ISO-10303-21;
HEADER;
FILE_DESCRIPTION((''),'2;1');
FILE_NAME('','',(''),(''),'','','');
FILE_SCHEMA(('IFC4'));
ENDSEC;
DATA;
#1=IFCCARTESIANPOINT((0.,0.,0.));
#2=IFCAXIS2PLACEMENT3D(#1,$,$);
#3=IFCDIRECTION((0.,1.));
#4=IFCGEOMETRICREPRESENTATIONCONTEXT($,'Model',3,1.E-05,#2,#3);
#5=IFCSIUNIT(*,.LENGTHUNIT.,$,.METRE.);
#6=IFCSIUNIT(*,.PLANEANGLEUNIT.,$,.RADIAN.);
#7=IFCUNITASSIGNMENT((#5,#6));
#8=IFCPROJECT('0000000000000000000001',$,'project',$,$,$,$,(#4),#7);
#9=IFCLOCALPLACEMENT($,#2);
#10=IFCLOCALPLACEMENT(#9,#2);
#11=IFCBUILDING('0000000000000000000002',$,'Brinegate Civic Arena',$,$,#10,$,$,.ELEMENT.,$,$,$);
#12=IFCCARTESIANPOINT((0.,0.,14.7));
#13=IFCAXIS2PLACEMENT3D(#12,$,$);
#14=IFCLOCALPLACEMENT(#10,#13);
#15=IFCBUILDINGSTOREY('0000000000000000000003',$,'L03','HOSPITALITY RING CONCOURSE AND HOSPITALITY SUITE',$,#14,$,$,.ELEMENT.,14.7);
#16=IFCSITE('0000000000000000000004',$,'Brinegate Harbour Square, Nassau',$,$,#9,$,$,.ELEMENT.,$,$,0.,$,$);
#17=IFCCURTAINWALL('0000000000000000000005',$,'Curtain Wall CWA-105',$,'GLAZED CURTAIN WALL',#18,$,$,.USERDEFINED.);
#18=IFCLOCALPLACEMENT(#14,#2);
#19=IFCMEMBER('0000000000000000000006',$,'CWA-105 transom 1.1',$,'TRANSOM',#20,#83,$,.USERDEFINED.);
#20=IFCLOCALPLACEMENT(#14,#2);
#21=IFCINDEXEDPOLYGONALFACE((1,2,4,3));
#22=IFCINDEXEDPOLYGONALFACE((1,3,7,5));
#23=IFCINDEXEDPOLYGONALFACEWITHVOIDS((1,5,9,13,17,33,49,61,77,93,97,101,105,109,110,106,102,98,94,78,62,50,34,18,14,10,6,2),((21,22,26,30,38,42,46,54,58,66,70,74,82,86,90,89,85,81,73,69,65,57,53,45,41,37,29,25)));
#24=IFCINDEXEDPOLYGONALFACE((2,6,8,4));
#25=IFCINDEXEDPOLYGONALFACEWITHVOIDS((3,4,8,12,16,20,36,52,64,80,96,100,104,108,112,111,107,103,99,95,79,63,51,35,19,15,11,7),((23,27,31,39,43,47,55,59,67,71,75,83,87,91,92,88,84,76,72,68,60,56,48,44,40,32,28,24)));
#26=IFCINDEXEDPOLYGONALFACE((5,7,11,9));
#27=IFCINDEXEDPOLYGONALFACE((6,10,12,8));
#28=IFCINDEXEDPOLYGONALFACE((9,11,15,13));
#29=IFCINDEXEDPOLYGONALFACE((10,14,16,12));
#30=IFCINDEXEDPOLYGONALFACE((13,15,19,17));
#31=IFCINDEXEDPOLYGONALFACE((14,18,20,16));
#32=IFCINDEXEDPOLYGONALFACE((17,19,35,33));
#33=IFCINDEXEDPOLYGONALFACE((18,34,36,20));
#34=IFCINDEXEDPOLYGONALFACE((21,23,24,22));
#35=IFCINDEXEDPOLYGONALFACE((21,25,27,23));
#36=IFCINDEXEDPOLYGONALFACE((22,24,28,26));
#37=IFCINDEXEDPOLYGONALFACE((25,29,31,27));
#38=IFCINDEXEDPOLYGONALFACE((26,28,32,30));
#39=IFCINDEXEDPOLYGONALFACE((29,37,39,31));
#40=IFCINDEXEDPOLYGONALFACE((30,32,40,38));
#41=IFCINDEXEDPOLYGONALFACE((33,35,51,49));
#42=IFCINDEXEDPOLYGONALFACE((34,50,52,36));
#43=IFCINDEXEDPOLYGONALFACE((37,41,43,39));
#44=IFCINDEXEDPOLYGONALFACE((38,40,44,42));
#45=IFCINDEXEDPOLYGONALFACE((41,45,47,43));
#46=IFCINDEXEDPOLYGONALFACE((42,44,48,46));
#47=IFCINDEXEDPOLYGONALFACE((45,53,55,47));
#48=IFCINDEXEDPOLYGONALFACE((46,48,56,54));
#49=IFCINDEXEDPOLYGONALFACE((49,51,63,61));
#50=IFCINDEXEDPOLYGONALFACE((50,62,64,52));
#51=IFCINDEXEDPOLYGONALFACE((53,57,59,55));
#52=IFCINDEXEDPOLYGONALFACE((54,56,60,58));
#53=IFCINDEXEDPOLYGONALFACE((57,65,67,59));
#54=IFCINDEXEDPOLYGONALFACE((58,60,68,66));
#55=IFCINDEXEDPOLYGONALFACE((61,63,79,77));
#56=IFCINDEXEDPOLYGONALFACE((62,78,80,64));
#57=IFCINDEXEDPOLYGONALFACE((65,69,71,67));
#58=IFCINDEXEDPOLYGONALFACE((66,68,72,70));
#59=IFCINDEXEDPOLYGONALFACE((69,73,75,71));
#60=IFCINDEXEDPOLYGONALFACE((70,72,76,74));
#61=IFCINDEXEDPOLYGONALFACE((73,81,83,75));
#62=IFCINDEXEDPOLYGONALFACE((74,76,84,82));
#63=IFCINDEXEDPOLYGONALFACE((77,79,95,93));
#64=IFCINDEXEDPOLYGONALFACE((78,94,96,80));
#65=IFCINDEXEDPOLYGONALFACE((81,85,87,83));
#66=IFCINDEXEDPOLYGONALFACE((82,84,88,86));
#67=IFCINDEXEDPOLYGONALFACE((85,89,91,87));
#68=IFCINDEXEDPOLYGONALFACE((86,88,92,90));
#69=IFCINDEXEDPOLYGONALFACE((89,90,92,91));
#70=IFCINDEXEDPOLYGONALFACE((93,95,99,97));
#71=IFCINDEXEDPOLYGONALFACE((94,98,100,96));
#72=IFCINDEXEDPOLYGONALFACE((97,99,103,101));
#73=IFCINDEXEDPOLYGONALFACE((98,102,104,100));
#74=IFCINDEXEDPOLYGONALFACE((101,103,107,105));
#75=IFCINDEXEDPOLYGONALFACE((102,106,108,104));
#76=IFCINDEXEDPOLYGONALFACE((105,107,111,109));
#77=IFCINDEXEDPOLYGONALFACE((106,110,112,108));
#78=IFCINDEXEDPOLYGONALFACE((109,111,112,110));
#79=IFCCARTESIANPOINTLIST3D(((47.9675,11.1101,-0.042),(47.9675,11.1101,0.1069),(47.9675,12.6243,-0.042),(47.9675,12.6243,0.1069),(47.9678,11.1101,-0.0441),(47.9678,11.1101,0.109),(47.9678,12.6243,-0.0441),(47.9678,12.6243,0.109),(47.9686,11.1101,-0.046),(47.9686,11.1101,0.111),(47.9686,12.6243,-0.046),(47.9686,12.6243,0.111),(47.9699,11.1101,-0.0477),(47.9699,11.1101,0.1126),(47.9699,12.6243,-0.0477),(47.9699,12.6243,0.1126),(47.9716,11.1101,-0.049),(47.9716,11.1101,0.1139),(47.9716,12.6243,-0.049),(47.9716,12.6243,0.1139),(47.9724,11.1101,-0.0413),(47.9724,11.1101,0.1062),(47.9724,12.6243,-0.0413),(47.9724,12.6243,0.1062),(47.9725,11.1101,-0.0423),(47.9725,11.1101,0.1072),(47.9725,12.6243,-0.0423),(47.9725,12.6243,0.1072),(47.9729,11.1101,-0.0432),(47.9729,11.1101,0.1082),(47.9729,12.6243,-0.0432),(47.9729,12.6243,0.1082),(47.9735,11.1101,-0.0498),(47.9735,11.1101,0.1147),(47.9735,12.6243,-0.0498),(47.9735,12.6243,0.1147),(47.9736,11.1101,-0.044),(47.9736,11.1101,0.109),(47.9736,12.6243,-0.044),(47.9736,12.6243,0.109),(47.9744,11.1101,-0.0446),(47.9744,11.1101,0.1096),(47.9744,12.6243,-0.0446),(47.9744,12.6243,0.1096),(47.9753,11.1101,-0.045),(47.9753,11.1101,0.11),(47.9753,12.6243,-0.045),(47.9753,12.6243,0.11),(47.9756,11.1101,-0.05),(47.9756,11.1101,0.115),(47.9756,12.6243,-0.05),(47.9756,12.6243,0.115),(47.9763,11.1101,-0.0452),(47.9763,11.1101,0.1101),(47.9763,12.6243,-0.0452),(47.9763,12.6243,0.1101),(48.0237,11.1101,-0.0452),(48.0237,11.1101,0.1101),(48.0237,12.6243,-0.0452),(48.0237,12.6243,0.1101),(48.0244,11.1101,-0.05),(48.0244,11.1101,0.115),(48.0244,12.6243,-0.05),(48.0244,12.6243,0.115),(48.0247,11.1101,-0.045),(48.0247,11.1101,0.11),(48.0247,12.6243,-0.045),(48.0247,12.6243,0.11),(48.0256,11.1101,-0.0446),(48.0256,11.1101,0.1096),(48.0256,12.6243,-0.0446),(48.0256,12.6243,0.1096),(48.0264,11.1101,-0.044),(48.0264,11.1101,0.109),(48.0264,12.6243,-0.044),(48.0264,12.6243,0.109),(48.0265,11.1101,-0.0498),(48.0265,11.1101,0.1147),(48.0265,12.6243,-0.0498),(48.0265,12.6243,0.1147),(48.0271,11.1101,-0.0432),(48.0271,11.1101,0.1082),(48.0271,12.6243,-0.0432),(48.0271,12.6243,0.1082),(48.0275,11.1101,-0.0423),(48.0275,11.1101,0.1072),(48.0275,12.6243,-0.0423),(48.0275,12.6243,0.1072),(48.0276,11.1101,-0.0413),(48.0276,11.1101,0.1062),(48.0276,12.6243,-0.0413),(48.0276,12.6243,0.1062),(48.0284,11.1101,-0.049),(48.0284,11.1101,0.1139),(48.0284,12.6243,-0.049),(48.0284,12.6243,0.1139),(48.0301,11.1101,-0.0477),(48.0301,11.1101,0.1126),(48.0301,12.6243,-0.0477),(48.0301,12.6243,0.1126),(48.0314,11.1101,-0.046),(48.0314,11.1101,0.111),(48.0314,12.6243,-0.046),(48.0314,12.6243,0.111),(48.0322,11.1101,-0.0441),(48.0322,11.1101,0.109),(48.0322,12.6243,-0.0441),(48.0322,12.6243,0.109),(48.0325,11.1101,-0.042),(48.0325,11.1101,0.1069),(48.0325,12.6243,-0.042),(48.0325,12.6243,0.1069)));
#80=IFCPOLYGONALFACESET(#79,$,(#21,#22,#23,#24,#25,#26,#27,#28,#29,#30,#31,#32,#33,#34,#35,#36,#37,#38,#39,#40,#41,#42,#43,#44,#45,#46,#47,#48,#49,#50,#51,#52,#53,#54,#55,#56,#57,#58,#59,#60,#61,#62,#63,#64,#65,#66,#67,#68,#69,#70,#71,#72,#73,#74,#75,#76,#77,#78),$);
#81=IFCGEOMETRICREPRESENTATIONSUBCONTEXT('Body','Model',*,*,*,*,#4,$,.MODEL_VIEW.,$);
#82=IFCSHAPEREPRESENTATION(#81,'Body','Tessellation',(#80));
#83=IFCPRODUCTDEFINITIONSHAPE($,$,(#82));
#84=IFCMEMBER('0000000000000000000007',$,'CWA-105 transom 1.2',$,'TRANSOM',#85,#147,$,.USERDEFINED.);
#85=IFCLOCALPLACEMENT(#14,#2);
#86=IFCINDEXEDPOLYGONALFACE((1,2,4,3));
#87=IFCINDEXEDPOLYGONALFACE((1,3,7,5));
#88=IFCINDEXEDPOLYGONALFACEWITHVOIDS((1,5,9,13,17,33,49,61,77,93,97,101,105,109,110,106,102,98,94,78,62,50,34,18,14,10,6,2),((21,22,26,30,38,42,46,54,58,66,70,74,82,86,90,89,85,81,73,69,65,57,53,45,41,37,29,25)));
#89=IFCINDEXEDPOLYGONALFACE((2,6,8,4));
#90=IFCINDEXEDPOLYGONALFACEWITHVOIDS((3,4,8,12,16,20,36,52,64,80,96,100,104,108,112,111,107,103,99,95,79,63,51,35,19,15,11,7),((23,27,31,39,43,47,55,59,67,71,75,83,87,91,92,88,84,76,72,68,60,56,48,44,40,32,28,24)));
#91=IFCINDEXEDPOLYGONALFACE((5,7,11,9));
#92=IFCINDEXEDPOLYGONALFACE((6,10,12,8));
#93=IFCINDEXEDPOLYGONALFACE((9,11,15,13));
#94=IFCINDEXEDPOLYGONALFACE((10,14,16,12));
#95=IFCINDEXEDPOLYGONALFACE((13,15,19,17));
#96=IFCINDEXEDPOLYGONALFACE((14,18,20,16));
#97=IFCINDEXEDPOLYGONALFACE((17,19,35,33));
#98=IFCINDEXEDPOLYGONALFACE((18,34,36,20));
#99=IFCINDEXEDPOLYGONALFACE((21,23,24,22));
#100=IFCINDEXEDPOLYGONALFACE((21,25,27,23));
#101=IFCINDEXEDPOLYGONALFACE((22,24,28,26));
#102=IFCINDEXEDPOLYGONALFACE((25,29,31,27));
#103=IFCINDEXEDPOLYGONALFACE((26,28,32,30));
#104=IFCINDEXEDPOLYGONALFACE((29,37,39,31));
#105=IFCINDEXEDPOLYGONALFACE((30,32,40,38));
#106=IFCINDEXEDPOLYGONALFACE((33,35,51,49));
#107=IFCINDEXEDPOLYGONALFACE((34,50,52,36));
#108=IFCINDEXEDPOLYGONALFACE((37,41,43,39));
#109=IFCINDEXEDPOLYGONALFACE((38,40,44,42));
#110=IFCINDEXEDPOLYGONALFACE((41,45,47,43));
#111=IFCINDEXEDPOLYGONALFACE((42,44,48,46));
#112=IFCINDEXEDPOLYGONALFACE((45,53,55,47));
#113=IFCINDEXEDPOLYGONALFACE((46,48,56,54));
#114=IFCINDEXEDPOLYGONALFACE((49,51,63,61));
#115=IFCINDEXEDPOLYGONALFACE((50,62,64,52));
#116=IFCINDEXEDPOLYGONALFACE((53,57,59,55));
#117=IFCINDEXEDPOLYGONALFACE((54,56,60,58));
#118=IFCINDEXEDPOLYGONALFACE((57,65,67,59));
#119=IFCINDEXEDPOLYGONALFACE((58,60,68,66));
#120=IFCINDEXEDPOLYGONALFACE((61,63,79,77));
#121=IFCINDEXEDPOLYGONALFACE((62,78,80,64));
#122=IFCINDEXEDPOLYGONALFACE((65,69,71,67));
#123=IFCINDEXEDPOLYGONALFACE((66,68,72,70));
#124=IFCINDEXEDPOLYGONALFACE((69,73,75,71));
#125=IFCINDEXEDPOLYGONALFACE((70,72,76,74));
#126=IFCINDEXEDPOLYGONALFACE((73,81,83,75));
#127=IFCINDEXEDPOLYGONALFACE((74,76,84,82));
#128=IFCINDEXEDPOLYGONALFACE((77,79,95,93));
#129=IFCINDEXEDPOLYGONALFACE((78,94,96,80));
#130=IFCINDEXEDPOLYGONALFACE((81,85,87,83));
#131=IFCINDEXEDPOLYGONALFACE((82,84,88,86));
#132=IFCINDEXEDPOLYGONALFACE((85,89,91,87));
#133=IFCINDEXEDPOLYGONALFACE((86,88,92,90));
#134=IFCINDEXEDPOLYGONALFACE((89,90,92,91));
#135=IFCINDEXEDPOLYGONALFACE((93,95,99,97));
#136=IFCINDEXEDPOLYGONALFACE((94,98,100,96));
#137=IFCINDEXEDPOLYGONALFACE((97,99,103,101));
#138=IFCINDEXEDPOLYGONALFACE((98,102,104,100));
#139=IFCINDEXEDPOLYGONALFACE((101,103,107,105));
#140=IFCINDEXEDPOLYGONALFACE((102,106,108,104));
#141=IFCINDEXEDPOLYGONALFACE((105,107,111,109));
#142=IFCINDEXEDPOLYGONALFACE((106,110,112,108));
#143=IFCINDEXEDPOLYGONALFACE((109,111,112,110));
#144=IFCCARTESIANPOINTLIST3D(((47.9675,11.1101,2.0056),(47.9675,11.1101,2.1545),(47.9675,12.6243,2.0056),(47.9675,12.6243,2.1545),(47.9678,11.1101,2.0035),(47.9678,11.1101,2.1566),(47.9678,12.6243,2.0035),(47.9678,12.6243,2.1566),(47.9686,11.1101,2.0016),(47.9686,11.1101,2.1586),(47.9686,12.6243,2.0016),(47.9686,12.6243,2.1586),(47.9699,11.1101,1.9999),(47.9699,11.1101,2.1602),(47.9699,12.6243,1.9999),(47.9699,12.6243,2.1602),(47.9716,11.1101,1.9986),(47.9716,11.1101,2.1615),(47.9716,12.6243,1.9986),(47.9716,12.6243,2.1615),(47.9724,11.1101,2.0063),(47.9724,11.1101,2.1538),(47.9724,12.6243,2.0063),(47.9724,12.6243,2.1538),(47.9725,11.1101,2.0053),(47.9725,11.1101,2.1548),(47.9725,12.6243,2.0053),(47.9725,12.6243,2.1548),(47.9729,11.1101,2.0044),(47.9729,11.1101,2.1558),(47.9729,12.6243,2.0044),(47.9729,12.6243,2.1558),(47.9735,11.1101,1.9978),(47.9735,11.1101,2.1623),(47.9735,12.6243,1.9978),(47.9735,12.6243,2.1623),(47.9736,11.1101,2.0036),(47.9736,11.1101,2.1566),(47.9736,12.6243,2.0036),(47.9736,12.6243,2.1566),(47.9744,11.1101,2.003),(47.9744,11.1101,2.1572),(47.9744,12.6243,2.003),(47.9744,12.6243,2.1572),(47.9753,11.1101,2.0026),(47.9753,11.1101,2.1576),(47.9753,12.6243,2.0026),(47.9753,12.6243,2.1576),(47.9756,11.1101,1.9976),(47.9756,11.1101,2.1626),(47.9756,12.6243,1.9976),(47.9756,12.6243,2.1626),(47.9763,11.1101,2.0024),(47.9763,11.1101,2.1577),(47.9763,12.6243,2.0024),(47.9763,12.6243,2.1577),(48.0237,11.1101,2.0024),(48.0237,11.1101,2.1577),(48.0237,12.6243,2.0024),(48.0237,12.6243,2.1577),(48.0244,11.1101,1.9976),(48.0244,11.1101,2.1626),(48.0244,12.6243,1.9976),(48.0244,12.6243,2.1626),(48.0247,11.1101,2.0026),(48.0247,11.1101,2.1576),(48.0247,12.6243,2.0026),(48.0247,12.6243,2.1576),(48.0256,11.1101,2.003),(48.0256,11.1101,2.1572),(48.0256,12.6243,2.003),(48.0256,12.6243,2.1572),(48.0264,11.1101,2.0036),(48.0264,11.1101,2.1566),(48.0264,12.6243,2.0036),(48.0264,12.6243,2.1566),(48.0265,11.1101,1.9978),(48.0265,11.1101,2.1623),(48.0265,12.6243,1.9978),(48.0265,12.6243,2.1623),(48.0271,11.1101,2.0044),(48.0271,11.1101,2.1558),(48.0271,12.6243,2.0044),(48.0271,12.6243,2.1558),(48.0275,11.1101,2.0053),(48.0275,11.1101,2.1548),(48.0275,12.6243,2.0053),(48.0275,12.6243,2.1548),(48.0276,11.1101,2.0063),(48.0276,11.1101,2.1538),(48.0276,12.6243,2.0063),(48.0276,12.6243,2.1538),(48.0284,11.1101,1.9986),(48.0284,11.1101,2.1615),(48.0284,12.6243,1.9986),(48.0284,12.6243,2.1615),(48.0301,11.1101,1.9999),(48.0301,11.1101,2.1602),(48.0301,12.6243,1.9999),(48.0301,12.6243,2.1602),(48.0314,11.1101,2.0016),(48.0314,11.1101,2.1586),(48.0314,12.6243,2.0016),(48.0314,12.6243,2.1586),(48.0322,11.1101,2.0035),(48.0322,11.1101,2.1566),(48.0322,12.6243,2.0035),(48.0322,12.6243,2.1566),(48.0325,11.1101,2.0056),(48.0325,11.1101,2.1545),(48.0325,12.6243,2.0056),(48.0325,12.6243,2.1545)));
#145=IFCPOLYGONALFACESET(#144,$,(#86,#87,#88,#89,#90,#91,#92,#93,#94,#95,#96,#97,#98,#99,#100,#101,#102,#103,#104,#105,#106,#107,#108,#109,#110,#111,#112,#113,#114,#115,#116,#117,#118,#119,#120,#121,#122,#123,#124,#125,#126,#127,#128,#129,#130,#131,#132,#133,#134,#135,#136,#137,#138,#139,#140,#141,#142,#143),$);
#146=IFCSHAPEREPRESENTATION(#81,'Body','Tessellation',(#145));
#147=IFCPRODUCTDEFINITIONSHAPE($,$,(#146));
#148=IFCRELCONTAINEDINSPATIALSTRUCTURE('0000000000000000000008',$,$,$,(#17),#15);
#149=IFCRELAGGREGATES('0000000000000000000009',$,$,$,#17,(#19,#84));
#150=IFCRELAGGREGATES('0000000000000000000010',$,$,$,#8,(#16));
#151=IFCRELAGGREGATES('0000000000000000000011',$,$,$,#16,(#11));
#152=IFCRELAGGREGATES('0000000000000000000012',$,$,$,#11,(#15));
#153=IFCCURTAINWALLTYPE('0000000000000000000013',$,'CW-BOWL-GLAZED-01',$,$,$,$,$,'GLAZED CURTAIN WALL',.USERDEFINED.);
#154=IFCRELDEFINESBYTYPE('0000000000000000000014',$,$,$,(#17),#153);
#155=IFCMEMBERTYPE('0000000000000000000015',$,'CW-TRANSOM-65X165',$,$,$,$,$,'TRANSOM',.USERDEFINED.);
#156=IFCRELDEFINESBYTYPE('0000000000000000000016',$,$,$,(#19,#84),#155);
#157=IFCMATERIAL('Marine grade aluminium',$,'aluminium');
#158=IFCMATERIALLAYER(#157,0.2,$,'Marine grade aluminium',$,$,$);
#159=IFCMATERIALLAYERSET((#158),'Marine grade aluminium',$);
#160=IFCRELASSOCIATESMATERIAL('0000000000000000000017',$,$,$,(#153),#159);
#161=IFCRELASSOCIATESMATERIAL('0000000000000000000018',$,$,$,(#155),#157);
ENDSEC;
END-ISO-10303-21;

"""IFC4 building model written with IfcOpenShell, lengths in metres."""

from ifc_helpers import new_model, si_unit, direction, frame, origin, origin_2d, place, context, subcontext, project, spatial, hollow_rectangle, extrude, material, layer, layer_set, material_profile, profile_set, type_object, element, aggregate, save


model = new_model("IFC4")

# Units and contexts
model_context = context("Model", 3, precision=1e-05, world=origin(), true_north=direction((0.0, 1.0)))
body_context = subcontext(model_context, "Body", "Model", "MODEL_VIEW")
ifc_project = project(units=[si_unit("LENGTHUNIT", "METRE"), si_unit("PLANEANGLEUNIT", "RADIAN")], contexts=[model_context])

# Site, building, storey
site_placement = place(None, origin())
site = spatial("IfcSite", under=ifc_project, at=site_placement, Name="Brinegate Harbour Square, Nassau", CompositionType="ELEMENT", RefElevation=0.0)
building_placement = place(site_placement, origin())
building = spatial("IfcBuilding", under=site, at=building_placement, Name="Brinegate Civic Arena", CompositionType="ELEMENT")
storey_placement = place(building_placement, frame((0.0, 0.0, 14.7)))
storey = spatial("IfcBuildingStorey", under=building, at=storey_placement, Name="L03", Description="HOSPITALITY RING CONCOURSE AND HOSPITALITY SUITE", CompositionType="ELEMENT", Elevation=14.7)

# Curtain wall
ifc_material_1 = material(Name="Marine grade aluminium", Category="aluminium")
ifc_layer_1 = layer(ifc_material_1, 0.2, Name="Marine grade aluminium")
ifc_layer_set_1 = layer_set([ifc_layer_1], Name="Marine grade aluminium")
curtain_wall_type_1 = type_object("IfcCurtainWallType", Name="CW-BOWL-GLAZED-01", ElementType="GLAZED CURTAIN WALL", PredefinedType="USERDEFINED", material=ifc_layer_set_1)
curtain_wall_1_placement = place(storey_placement, origin())
curtain_wall_1 = element("IfcCurtainWall", 1, at=curtain_wall_1_placement, inside=storey, type_object=curtain_wall_type_1, Name="Curtain Wall CWA-105", ObjectType="GLAZED CURTAIN WALL", PredefinedType="USERDEFINED")

# Members
ifc_material_profile_1 = material_profile(ifc_material_1, hollow_rectangle(XDim=0.0649, YDim=0.165, WallThickness=0.0049, InnerFilletRadius=0.0039, OuterFilletRadius=0.0081, at=origin_2d()), Name="TRN65X165")
ifc_profile_set_1 = profile_set([ifc_material_profile_1], Name="Marine grade aluminium")
member_type_1 = type_object("IfcMemberType", Name="CW-TRANSOM-65X165", ElementType="TRANSOM", PredefinedType="USERDEFINED", material=ifc_profile_set_1)
member_1_placement = place(storey_placement, frame((48.0, 11.1101, 0.0325), z_axis=(0.0, 1.0, 0.0), x_axis=(-1.0, 0.0, 0.0)))
member_1 = element("IfcMember", 2, at=member_1_placement, type_object=member_type_1, Name="CWA-105 transom 1.1", ObjectType="TRANSOM", PredefinedType="USERDEFINED", context=body_context, shape_type="SweptSolid", body=[
    extrude(hollow_rectangle(XDim=0.0649, YDim=0.165, WallThickness=0.0049, InnerFilletRadius=0.0039, OuterFilletRadius=0.0081, at=origin_2d()), origin(), (0.0, 0.0, 1.0), 1.5142),
])
member_2_placement = place(storey_placement, frame((48.0, 11.1101, 2.0801), z_axis=(0.0, 1.0, 0.0), x_axis=(-1.0, 0.0, 0.0)))
member_2 = element("IfcMember", 3, at=member_2_placement, type_object=member_type_1, Name="CWA-105 transom 1.2", ObjectType="TRANSOM", PredefinedType="USERDEFINED", context=body_context, shape_type="SweptSolid", body=[
    extrude(hollow_rectangle(XDim=0.0649, YDim=0.165, WallThickness=0.0049, InnerFilletRadius=0.0039, OuterFilletRadius=0.0081, at=origin_2d()), origin(), (0.0, 0.0, 1.0), 1.5142),
])

aggregate(curtain_wall_1, [member_1, member_2])

save(model, "model.ifc")
